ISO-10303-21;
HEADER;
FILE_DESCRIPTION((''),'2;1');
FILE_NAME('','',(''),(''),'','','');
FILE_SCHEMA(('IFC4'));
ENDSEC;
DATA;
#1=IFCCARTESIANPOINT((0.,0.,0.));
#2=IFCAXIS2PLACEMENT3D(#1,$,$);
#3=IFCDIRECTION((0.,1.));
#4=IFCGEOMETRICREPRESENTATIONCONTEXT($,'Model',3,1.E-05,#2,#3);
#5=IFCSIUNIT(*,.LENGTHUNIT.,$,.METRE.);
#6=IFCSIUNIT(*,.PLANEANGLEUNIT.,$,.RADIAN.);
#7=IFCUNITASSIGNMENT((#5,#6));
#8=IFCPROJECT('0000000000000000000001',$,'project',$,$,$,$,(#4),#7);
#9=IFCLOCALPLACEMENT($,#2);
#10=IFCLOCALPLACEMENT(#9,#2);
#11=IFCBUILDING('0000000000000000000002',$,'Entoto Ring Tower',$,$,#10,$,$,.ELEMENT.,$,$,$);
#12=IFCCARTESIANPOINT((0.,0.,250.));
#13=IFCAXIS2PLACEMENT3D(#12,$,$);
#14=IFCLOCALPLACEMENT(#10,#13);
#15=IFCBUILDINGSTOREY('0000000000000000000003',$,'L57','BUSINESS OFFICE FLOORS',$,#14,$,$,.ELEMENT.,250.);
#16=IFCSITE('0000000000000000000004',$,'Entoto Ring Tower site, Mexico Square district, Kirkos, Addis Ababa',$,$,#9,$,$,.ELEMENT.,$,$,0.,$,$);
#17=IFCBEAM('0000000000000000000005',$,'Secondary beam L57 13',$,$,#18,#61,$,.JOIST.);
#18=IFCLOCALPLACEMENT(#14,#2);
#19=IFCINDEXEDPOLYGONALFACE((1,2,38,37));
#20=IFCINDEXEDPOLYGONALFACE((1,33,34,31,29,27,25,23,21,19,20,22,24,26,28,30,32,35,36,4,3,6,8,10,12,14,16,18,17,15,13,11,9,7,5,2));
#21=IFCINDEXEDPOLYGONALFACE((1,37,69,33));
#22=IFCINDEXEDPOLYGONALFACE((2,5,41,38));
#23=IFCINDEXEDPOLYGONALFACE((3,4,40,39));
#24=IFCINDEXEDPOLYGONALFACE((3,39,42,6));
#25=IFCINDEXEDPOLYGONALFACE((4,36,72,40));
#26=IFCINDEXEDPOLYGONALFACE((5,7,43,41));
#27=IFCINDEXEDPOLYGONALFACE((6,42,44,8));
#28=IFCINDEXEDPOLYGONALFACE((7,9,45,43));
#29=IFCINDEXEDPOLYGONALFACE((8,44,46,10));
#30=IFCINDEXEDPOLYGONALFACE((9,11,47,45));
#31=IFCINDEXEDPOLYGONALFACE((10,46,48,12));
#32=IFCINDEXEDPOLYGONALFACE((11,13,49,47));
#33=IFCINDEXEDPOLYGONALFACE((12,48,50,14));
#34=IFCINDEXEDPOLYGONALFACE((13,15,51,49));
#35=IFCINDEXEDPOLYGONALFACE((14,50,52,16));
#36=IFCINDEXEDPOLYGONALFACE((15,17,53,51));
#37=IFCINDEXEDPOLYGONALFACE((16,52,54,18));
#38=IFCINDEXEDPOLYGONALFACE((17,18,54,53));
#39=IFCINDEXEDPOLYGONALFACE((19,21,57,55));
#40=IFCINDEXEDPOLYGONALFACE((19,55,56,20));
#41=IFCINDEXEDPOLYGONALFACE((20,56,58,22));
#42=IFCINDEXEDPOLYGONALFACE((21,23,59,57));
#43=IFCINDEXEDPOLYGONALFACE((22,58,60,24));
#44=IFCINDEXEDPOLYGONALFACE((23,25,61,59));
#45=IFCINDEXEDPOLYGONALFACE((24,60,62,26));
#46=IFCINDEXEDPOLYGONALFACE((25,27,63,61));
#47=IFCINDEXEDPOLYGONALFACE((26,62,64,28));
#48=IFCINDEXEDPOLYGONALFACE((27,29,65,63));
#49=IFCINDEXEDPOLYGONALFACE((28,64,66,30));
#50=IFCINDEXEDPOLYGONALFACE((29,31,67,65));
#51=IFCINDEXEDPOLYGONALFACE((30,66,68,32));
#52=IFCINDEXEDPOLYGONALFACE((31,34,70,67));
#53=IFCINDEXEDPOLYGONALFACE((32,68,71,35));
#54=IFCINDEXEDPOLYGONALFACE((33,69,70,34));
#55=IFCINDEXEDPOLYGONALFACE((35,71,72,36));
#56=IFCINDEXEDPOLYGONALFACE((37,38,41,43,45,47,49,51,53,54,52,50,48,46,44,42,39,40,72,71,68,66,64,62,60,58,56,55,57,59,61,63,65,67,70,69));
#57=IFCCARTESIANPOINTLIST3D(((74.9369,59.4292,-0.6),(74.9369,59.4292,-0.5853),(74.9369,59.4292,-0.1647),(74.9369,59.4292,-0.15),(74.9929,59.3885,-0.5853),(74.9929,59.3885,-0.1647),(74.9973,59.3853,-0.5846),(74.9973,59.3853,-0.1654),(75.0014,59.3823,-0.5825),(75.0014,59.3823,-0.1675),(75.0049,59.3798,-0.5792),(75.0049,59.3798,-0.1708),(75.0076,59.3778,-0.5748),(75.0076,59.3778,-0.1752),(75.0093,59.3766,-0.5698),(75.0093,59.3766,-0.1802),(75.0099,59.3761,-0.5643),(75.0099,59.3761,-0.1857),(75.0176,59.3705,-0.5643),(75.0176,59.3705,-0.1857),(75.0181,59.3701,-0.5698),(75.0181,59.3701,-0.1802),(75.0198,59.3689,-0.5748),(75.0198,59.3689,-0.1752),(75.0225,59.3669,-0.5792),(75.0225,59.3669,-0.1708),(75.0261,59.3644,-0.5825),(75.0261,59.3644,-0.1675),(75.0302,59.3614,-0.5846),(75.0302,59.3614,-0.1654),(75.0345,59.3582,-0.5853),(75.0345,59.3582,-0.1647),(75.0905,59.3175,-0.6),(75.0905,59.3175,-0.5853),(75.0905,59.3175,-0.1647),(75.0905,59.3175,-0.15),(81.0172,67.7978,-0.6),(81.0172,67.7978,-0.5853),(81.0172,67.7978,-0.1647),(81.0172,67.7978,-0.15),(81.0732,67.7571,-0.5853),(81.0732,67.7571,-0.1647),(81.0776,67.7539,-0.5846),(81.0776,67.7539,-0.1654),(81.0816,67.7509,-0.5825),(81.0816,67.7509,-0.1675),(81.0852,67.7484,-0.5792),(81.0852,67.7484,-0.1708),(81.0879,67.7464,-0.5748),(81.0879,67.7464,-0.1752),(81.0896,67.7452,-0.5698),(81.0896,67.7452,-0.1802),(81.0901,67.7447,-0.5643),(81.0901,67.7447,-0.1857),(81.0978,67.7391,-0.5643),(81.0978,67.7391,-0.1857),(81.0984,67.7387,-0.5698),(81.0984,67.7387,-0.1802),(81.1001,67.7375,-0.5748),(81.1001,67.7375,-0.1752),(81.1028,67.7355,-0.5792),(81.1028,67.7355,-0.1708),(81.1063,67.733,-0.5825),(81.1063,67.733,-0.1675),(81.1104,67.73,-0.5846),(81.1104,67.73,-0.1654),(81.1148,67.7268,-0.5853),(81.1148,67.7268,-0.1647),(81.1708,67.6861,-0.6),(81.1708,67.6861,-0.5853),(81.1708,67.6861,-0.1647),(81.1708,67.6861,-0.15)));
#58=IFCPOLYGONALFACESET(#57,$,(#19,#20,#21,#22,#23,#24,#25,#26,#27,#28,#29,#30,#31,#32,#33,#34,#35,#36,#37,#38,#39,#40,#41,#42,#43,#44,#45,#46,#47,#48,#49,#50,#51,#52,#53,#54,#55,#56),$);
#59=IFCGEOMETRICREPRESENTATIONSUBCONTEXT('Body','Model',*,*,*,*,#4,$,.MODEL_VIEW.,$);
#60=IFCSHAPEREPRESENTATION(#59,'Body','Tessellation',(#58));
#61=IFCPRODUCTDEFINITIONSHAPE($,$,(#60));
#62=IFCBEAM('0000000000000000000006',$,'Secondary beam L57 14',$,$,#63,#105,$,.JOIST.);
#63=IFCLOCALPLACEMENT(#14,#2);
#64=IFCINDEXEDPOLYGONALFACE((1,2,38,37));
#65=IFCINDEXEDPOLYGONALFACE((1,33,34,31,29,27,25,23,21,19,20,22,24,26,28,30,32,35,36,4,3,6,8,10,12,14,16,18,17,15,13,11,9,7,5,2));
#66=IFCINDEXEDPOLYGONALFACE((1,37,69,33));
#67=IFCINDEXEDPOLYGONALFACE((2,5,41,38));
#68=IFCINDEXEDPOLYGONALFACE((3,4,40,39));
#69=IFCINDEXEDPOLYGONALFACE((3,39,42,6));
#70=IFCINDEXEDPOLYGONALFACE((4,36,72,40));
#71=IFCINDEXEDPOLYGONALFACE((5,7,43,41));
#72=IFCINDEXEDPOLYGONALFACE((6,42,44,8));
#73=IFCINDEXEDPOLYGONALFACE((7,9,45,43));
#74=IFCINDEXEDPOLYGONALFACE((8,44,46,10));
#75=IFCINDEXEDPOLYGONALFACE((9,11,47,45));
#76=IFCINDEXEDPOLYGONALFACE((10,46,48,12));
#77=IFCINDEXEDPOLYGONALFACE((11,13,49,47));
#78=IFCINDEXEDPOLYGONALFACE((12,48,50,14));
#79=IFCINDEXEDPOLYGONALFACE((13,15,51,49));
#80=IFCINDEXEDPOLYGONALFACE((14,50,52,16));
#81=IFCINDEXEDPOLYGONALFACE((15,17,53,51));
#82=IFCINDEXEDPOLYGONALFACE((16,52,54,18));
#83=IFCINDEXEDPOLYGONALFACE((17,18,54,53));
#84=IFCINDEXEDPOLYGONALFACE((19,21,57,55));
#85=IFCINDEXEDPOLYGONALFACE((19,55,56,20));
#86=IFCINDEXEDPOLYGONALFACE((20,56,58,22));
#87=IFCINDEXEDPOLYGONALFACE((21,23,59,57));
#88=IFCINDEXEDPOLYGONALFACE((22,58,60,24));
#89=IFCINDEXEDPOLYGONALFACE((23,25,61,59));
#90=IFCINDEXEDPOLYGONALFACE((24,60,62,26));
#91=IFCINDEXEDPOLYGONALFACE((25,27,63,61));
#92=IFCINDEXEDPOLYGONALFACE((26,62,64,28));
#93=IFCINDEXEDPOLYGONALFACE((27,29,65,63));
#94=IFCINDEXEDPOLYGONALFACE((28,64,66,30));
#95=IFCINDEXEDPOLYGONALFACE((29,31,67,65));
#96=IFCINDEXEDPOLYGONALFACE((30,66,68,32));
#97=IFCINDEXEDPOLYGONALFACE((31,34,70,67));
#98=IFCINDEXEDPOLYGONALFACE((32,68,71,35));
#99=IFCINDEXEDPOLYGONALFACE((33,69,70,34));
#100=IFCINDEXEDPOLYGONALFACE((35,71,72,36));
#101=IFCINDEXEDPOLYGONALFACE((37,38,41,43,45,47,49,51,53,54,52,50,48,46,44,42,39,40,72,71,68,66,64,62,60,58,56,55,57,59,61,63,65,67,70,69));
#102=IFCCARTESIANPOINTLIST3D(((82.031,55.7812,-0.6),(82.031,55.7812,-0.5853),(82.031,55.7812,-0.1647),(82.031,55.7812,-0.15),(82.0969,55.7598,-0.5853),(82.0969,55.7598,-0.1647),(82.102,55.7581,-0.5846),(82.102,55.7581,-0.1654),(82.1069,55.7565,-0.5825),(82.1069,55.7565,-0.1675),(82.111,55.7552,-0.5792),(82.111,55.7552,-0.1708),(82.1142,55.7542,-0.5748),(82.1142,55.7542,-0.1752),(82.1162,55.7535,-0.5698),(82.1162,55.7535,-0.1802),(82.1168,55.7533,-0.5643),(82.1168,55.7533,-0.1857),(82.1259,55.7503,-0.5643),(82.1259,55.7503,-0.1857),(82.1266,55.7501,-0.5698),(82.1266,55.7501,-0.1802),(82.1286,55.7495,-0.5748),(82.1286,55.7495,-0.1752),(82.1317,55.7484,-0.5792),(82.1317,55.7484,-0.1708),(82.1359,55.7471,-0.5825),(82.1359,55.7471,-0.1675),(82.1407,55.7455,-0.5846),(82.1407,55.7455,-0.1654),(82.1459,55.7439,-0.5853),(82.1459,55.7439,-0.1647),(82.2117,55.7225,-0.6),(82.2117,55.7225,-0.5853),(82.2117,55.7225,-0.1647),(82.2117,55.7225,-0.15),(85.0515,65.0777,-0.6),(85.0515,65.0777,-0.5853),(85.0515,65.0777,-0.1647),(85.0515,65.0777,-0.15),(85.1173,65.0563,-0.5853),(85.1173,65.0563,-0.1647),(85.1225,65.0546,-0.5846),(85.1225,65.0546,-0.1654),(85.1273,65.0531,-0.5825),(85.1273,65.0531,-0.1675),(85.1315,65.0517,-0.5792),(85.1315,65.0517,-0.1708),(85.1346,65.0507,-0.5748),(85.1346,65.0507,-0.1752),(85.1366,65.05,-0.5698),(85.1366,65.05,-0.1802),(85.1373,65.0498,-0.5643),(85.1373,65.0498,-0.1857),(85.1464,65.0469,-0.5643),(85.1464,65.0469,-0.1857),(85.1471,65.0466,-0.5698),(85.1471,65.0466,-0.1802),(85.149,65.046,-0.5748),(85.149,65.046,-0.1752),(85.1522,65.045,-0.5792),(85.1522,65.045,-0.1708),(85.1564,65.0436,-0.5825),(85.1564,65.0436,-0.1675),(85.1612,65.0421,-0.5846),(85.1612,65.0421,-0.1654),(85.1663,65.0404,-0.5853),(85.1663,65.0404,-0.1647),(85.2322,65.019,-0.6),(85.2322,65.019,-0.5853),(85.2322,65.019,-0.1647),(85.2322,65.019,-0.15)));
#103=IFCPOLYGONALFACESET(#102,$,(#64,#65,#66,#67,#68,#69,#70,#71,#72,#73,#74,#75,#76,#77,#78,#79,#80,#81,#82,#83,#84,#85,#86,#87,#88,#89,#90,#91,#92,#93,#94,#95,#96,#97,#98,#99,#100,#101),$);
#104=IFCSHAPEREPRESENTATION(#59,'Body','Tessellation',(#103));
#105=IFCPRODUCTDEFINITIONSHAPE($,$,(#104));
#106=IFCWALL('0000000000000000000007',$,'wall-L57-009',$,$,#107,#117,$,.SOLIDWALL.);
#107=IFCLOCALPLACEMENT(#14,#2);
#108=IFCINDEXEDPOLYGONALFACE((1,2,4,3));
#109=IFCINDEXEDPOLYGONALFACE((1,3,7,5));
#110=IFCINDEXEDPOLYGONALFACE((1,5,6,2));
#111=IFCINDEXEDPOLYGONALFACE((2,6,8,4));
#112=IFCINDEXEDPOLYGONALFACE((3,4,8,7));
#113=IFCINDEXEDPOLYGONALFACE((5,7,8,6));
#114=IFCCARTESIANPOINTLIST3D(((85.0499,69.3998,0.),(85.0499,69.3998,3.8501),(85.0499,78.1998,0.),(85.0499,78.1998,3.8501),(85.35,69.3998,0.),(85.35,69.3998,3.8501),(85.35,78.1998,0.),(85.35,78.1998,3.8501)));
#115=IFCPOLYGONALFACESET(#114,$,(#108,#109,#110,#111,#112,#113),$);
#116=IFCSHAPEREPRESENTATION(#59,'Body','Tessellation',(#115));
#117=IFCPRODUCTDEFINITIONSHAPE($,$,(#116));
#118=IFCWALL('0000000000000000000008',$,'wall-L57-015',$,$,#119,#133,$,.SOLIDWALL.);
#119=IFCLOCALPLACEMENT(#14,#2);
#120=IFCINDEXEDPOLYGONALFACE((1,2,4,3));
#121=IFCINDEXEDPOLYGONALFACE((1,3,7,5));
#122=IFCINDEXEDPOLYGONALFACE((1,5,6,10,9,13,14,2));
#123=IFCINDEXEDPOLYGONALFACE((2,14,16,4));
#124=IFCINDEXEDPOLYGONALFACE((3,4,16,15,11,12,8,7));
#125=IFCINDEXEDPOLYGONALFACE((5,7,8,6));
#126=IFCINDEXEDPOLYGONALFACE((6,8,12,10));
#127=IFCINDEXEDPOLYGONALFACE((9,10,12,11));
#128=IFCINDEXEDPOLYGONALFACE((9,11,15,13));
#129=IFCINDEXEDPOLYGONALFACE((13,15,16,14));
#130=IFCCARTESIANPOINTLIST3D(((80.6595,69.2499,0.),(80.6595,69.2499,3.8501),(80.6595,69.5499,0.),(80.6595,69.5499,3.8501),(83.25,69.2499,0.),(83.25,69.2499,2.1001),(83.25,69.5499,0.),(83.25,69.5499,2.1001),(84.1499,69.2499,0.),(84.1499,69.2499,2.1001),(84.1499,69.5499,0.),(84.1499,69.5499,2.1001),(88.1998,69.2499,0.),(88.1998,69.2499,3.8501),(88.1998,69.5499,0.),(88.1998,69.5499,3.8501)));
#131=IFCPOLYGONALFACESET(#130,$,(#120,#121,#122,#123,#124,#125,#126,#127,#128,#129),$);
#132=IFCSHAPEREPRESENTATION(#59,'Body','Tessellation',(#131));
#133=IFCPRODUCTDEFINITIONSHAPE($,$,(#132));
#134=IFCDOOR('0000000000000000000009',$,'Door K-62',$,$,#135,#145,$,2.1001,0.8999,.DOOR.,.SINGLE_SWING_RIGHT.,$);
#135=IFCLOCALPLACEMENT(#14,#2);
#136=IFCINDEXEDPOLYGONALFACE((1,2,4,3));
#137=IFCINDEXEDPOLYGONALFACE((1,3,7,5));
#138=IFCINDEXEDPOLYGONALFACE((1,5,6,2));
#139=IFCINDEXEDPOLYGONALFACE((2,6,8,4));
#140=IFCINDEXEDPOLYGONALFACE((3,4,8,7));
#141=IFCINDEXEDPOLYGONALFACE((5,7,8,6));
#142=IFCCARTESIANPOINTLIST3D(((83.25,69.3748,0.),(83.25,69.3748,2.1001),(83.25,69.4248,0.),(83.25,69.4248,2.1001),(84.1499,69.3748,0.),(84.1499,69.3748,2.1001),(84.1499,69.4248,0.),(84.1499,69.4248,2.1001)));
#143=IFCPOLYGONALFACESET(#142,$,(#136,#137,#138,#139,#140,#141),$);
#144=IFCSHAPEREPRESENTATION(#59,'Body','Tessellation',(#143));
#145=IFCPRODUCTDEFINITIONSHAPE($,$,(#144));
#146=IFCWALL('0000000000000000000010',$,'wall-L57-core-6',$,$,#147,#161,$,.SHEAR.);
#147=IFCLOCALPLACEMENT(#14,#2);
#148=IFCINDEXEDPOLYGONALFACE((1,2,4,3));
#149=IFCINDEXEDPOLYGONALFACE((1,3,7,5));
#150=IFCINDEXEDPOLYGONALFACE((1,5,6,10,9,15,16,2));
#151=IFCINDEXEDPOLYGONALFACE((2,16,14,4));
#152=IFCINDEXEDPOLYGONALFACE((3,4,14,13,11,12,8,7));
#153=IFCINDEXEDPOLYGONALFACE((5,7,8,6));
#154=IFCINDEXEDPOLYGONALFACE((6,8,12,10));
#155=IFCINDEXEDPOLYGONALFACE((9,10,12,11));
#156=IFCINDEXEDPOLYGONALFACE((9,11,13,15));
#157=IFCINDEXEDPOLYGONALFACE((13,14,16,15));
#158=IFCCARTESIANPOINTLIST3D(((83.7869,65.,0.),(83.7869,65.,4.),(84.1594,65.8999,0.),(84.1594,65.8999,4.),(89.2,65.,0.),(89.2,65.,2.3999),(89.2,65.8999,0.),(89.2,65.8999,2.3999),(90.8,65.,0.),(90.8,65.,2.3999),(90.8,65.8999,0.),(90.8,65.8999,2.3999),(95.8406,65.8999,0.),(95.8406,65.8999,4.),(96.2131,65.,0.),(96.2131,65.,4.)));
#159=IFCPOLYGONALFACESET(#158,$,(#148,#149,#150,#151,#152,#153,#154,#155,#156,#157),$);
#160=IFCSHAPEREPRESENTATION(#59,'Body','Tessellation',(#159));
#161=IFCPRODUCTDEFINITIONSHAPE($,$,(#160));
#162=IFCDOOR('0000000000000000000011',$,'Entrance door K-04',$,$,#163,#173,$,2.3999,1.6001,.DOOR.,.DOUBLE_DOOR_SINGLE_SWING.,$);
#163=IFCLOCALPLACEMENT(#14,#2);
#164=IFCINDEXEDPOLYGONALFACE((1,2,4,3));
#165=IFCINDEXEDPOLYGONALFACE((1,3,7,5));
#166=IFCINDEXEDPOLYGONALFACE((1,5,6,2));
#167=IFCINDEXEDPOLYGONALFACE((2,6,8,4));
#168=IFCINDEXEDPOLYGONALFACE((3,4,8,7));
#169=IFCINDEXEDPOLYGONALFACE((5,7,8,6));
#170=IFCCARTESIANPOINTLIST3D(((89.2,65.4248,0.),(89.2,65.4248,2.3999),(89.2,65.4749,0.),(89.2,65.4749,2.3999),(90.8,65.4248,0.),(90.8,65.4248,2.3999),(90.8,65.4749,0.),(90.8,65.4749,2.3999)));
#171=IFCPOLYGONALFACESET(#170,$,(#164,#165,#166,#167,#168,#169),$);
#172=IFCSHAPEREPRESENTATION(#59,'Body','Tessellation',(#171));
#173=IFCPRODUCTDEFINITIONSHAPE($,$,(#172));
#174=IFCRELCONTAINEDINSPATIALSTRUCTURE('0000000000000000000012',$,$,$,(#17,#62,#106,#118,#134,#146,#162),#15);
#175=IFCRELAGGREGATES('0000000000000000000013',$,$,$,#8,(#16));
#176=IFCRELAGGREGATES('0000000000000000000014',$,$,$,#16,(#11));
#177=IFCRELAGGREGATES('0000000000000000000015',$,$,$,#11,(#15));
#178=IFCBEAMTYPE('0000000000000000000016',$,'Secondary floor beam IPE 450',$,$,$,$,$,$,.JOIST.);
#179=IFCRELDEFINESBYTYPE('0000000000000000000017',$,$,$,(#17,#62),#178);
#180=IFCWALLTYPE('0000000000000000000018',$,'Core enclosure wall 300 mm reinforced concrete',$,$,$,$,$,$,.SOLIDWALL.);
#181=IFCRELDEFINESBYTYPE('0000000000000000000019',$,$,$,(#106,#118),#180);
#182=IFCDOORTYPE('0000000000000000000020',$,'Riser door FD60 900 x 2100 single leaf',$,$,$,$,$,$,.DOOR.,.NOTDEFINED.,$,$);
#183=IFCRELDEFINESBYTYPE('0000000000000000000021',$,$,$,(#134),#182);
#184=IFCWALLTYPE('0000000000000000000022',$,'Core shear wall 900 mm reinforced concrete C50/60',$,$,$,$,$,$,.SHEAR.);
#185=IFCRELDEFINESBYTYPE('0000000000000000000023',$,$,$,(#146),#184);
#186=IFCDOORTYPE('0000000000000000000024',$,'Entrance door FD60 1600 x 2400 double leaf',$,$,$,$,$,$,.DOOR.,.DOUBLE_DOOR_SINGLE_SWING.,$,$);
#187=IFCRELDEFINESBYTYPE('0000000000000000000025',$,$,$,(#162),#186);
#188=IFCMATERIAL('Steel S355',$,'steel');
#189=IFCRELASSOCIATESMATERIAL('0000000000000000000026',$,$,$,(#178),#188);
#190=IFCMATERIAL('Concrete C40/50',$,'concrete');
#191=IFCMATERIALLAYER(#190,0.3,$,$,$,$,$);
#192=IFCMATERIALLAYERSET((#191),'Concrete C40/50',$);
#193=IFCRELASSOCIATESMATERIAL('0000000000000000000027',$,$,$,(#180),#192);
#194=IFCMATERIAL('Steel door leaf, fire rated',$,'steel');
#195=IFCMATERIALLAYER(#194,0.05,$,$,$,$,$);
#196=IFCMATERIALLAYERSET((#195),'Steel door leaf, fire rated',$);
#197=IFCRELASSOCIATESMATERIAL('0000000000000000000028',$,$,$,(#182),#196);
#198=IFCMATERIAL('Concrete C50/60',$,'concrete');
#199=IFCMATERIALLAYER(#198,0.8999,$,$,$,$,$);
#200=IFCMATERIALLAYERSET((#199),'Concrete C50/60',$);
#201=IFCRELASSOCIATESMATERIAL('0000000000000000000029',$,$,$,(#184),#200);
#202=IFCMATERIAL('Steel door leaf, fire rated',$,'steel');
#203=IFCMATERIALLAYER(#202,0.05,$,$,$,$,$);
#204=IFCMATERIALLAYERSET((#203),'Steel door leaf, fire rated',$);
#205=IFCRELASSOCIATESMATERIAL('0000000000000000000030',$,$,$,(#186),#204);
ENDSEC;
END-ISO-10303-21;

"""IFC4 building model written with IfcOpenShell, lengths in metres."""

from ifc_helpers import new_model, si_unit, direction, frame, frame_2d, origin, origin_2d, place, context, subcontext, project, spatial, polyline, rectangle, i_section, outline, extrude, material, layer, layer_set, material_profile, profile_set, type_object, element, fill, save


model = new_model("IFC4")

# Units and contexts
model_context = context("Model", 3, precision=1e-05, world=origin(), true_north=direction((0.0, 1.0)))
body_context = subcontext(model_context, "Body", "Model", "MODEL_VIEW")
ifc_project = project(units=[si_unit("LENGTHUNIT", "METRE"), si_unit("PLANEANGLEUNIT", "RADIAN")], contexts=[model_context])

# Site, building, storey
site_placement = place(None, origin())
site = spatial("IfcSite", under=ifc_project, at=site_placement, Name="Entoto Ring Tower site, Mexico Square district, Kirkos, Addis Ababa", CompositionType="ELEMENT", RefElevation=0.0)
building_placement = place(site_placement, origin())
building = spatial("IfcBuilding", under=site, at=building_placement, Name="Entoto Ring Tower", CompositionType="ELEMENT")
storey_placement = place(building_placement, frame((0.0, 0.0, 250.0)))
storey = spatial("IfcBuildingStorey", under=building, at=storey_placement, Name="L57", Description="BUSINESS OFFICE FLOORS", CompositionType="ELEMENT", Elevation=250.0)

# Beams
ifc_material_1 = material(Name="Steel S355", Category="steel")
ifc_material_profile_1 = material_profile(ifc_material_1, i_section(OverallWidth=0.1899, OverallDepth=0.45, WebThickness=0.0095, FlangeThickness=0.0146, FilletRadius=0.021, at=origin_2d()), Name="IPE 450")
ifc_profile_set_1 = profile_set([ifc_material_profile_1], Name="Steel S355")
beam_type_1 = type_object("IfcBeamType", Name="Secondary floor beam IPE 450", PredefinedType="JOIST", material=ifc_profile_set_1)
beam_1_placement = place(storey_placement, frame((81.094, 67.7419, -0.375), z_axis=(-0.587794, -0.809011, 0.0), x_axis=(0.809011, -0.587794, 0.0)))
element("IfcBeam", 1, at=beam_1_placement, inside=storey, type_object=beam_type_1, Name="Secondary beam L57 13", PredefinedType="JOIST", context=body_context, shape_type="SweptSolid", body=[
    extrude(i_section(OverallWidth=0.1899, OverallDepth=0.45, WebThickness=0.0095, FlangeThickness=0.0146, FilletRadius=0.021, at=origin_2d()), origin(), (0.0, 0.0, 1.0), 10.3442),
])
beam_2_placement = place(storey_placement, frame((85.1418, 65.0483, -0.375), z_axis=(-0.309003, -0.951061, 0.0), x_axis=(0.951061, -0.309003, 0.0)))
element("IfcBeam", 2, at=beam_2_placement, inside=storey, type_object=beam_type_1, Name="Secondary beam L57 14", PredefinedType="JOIST", context=body_context, shape_type="SweptSolid", body=[
    extrude(i_section(OverallWidth=0.1899, OverallDepth=0.45, WebThickness=0.0095, FlangeThickness=0.0146, FilletRadius=0.021, at=origin_2d()), origin(), (0.0, 0.0, 1.0), 9.7749),
])

# Wall
ifc_material_2 = material(Name="Concrete C40/50", Category="concrete")
ifc_layer_1 = layer(ifc_material_2, 0.3)
ifc_layer_set_1 = layer_set([ifc_layer_1], Name="Concrete C40/50")
wall_type_1 = type_object("IfcWallType", Name="Core enclosure wall 300 mm reinforced concrete", PredefinedType="SOLIDWALL", material=ifc_layer_set_1)
wall_1_placement = place(storey_placement, frame((85.2, 69.3999, 0.0), z_axis=(0.0, 0.0, 1.0), x_axis=(0.0, 1.0, 0.0)))
element("IfcWall", 3, at=wall_1_placement, inside=storey, type_object=wall_type_1, Name="wall-L57-009", PredefinedType="SOLIDWALL", context=body_context, shape_type="SweptSolid", body=[
    extrude(rectangle(XDim=8.8, YDim=0.3, at=frame_2d((4.3999, 0.0))), origin(), (0.0, 0.0, 1.0), 3.8501),
])

# Walls, openings, doors
wall_2_placement = place(storey_placement, frame((80.6597, 69.3999, 0.0), z_axis=(0.0, 0.0, 1.0), x_axis=(1.0, 0.0, 0.0)))
wall_2 = element("IfcWall", 4, at=wall_2_placement, inside=storey, type_object=wall_type_1, Name="wall-L57-015", PredefinedType="SOLIDWALL", context=body_context, shape_type="SweptSolid", body=[
    extrude(rectangle(XDim=7.5403, YDim=0.3, at=frame_2d((3.77, 0.0))), origin(), (0.0, 0.0, 1.0), 3.8501),
])
opening_1_placement = place(wall_2_placement, frame((2.5903, 0.0, 0.0)))
opening_1 = element("IfcOpeningElement", 5, at=opening_1_placement, cuts=wall_2, PredefinedType="OPENING", context=body_context, shape_type="SweptSolid", body=[
    extrude(rectangle(XDim=0.8999, YDim=2.1001, at=frame_2d((0.45, 1.05))), frame((0.0, 0.1602, 0.0), z_axis=(0.0, -1.0, 0.0), x_axis=(1.0, 0.0, 0.0)), (0.0, 0.0, 1.0), 0.3201),
])
ifc_material_3 = material(Name="Steel door leaf, fire rated", Category="steel")
ifc_layer_2 = layer(ifc_material_3, 0.05)
ifc_layer_set_2 = layer_set([ifc_layer_2], Name="Steel door leaf, fire rated")
door_type_1 = type_object("IfcDoorType", Name="Riser door FD60 900 x 2100 single leaf", OperationType="NOTDEFINED", PredefinedType="DOOR", material=ifc_layer_set_2)
door_1_placement = place(opening_1_placement, origin())
door_1 = element("IfcDoor", 6, at=door_1_placement, inside=storey, type_object=door_type_1, Name="Door K-62", OperationType="SINGLE_SWING_RIGHT", OverallHeight=2.1001, OverallWidth=0.8999, PredefinedType="DOOR", context=body_context, shape_type="SweptSolid", body=[
    extrude(rectangle(XDim=0.8999, YDim=2.1001, at=frame_2d((0.45, 1.05))), frame((0.0, 0.0249, 0.0), z_axis=(0.0, -1.0, 0.0), x_axis=(1.0, 0.0, 0.0)), (0.0, 0.0, 1.0), 0.05),
])
fill(opening_1, door_1)
ifc_material_4 = material(Name="Concrete C50/60", Category="concrete")
ifc_layer_3 = layer(ifc_material_4, 0.8999)
ifc_layer_set_3 = layer_set([ifc_layer_3], Name="Concrete C50/60")
wall_type_2 = type_object("IfcWallType", Name="Core shear wall 900 mm reinforced concrete C50/60", PredefinedType="SHEAR", material=ifc_layer_set_3)
wall_3_placement = place(storey_placement, frame((83.9731, 65.45, 0.0), z_axis=(0.0, 0.0, 1.0), x_axis=(1.0, 0.0, 0.0)))
wall_3 = element("IfcWall", 7, at=wall_3_placement, inside=storey, type_object=wall_type_2, Name="wall-L57-core-6", PredefinedType="SHEAR", context=body_context, shape_type="SweptSolid", body=[
    extrude(outline(polyline([(-0.1863, -0.45), (12.24, -0.45), (11.8674, 0.45), (0.1863, 0.45), (-0.1863, -0.45)])), origin(), (0.0, 0.0, 1.0), 4.0),
])
opening_2_placement = place(wall_3_placement, frame((5.2268, 0.0, 0.0)))
opening_2 = element("IfcOpeningElement", 8, at=opening_2_placement, cuts=wall_3, PredefinedType="OPENING", context=body_context, shape_type="SweptSolid", body=[
    extrude(rectangle(XDim=1.6001, YDim=2.3999, at=frame_2d((0.8, 1.2))), frame((0.0, 0.46, 0.0), z_axis=(0.0, -1.0, 0.0), x_axis=(1.0, 0.0, 0.0)), (0.0, 0.0, 1.0), 0.9199),
])
ifc_material_5 = material(Name="Steel door leaf, fire rated", Category="steel")
ifc_layer_4 = layer(ifc_material_5, 0.05)
ifc_layer_set_4 = layer_set([ifc_layer_4], Name="Steel door leaf, fire rated")
door_type_2 = type_object("IfcDoorType", Name="Entrance door FD60 1600 x 2400 double leaf", OperationType="DOUBLE_DOOR_SINGLE_SWING", PredefinedType="DOOR", material=ifc_layer_set_4)
door_2_placement = place(opening_2_placement, origin())
door_2 = element("IfcDoor", 9, at=door_2_placement, inside=storey, type_object=door_type_2, Name="Entrance door K-04", OperationType="DOUBLE_DOOR_SINGLE_SWING", OverallHeight=2.3999, OverallWidth=1.6001, PredefinedType="DOOR", context=body_context, shape_type="SweptSolid", body=[
    extrude(rectangle(XDim=1.6001, YDim=2.3999, at=frame_2d((0.8, 1.2))), frame((0.0, 0.0249, 0.0), z_axis=(0.0, -1.0, 0.0), x_axis=(1.0, 0.0, 0.0)), (0.0, 0.0, 1.0), 0.05),
])
fill(opening_2, door_2)

save(model, "model.ifc")
